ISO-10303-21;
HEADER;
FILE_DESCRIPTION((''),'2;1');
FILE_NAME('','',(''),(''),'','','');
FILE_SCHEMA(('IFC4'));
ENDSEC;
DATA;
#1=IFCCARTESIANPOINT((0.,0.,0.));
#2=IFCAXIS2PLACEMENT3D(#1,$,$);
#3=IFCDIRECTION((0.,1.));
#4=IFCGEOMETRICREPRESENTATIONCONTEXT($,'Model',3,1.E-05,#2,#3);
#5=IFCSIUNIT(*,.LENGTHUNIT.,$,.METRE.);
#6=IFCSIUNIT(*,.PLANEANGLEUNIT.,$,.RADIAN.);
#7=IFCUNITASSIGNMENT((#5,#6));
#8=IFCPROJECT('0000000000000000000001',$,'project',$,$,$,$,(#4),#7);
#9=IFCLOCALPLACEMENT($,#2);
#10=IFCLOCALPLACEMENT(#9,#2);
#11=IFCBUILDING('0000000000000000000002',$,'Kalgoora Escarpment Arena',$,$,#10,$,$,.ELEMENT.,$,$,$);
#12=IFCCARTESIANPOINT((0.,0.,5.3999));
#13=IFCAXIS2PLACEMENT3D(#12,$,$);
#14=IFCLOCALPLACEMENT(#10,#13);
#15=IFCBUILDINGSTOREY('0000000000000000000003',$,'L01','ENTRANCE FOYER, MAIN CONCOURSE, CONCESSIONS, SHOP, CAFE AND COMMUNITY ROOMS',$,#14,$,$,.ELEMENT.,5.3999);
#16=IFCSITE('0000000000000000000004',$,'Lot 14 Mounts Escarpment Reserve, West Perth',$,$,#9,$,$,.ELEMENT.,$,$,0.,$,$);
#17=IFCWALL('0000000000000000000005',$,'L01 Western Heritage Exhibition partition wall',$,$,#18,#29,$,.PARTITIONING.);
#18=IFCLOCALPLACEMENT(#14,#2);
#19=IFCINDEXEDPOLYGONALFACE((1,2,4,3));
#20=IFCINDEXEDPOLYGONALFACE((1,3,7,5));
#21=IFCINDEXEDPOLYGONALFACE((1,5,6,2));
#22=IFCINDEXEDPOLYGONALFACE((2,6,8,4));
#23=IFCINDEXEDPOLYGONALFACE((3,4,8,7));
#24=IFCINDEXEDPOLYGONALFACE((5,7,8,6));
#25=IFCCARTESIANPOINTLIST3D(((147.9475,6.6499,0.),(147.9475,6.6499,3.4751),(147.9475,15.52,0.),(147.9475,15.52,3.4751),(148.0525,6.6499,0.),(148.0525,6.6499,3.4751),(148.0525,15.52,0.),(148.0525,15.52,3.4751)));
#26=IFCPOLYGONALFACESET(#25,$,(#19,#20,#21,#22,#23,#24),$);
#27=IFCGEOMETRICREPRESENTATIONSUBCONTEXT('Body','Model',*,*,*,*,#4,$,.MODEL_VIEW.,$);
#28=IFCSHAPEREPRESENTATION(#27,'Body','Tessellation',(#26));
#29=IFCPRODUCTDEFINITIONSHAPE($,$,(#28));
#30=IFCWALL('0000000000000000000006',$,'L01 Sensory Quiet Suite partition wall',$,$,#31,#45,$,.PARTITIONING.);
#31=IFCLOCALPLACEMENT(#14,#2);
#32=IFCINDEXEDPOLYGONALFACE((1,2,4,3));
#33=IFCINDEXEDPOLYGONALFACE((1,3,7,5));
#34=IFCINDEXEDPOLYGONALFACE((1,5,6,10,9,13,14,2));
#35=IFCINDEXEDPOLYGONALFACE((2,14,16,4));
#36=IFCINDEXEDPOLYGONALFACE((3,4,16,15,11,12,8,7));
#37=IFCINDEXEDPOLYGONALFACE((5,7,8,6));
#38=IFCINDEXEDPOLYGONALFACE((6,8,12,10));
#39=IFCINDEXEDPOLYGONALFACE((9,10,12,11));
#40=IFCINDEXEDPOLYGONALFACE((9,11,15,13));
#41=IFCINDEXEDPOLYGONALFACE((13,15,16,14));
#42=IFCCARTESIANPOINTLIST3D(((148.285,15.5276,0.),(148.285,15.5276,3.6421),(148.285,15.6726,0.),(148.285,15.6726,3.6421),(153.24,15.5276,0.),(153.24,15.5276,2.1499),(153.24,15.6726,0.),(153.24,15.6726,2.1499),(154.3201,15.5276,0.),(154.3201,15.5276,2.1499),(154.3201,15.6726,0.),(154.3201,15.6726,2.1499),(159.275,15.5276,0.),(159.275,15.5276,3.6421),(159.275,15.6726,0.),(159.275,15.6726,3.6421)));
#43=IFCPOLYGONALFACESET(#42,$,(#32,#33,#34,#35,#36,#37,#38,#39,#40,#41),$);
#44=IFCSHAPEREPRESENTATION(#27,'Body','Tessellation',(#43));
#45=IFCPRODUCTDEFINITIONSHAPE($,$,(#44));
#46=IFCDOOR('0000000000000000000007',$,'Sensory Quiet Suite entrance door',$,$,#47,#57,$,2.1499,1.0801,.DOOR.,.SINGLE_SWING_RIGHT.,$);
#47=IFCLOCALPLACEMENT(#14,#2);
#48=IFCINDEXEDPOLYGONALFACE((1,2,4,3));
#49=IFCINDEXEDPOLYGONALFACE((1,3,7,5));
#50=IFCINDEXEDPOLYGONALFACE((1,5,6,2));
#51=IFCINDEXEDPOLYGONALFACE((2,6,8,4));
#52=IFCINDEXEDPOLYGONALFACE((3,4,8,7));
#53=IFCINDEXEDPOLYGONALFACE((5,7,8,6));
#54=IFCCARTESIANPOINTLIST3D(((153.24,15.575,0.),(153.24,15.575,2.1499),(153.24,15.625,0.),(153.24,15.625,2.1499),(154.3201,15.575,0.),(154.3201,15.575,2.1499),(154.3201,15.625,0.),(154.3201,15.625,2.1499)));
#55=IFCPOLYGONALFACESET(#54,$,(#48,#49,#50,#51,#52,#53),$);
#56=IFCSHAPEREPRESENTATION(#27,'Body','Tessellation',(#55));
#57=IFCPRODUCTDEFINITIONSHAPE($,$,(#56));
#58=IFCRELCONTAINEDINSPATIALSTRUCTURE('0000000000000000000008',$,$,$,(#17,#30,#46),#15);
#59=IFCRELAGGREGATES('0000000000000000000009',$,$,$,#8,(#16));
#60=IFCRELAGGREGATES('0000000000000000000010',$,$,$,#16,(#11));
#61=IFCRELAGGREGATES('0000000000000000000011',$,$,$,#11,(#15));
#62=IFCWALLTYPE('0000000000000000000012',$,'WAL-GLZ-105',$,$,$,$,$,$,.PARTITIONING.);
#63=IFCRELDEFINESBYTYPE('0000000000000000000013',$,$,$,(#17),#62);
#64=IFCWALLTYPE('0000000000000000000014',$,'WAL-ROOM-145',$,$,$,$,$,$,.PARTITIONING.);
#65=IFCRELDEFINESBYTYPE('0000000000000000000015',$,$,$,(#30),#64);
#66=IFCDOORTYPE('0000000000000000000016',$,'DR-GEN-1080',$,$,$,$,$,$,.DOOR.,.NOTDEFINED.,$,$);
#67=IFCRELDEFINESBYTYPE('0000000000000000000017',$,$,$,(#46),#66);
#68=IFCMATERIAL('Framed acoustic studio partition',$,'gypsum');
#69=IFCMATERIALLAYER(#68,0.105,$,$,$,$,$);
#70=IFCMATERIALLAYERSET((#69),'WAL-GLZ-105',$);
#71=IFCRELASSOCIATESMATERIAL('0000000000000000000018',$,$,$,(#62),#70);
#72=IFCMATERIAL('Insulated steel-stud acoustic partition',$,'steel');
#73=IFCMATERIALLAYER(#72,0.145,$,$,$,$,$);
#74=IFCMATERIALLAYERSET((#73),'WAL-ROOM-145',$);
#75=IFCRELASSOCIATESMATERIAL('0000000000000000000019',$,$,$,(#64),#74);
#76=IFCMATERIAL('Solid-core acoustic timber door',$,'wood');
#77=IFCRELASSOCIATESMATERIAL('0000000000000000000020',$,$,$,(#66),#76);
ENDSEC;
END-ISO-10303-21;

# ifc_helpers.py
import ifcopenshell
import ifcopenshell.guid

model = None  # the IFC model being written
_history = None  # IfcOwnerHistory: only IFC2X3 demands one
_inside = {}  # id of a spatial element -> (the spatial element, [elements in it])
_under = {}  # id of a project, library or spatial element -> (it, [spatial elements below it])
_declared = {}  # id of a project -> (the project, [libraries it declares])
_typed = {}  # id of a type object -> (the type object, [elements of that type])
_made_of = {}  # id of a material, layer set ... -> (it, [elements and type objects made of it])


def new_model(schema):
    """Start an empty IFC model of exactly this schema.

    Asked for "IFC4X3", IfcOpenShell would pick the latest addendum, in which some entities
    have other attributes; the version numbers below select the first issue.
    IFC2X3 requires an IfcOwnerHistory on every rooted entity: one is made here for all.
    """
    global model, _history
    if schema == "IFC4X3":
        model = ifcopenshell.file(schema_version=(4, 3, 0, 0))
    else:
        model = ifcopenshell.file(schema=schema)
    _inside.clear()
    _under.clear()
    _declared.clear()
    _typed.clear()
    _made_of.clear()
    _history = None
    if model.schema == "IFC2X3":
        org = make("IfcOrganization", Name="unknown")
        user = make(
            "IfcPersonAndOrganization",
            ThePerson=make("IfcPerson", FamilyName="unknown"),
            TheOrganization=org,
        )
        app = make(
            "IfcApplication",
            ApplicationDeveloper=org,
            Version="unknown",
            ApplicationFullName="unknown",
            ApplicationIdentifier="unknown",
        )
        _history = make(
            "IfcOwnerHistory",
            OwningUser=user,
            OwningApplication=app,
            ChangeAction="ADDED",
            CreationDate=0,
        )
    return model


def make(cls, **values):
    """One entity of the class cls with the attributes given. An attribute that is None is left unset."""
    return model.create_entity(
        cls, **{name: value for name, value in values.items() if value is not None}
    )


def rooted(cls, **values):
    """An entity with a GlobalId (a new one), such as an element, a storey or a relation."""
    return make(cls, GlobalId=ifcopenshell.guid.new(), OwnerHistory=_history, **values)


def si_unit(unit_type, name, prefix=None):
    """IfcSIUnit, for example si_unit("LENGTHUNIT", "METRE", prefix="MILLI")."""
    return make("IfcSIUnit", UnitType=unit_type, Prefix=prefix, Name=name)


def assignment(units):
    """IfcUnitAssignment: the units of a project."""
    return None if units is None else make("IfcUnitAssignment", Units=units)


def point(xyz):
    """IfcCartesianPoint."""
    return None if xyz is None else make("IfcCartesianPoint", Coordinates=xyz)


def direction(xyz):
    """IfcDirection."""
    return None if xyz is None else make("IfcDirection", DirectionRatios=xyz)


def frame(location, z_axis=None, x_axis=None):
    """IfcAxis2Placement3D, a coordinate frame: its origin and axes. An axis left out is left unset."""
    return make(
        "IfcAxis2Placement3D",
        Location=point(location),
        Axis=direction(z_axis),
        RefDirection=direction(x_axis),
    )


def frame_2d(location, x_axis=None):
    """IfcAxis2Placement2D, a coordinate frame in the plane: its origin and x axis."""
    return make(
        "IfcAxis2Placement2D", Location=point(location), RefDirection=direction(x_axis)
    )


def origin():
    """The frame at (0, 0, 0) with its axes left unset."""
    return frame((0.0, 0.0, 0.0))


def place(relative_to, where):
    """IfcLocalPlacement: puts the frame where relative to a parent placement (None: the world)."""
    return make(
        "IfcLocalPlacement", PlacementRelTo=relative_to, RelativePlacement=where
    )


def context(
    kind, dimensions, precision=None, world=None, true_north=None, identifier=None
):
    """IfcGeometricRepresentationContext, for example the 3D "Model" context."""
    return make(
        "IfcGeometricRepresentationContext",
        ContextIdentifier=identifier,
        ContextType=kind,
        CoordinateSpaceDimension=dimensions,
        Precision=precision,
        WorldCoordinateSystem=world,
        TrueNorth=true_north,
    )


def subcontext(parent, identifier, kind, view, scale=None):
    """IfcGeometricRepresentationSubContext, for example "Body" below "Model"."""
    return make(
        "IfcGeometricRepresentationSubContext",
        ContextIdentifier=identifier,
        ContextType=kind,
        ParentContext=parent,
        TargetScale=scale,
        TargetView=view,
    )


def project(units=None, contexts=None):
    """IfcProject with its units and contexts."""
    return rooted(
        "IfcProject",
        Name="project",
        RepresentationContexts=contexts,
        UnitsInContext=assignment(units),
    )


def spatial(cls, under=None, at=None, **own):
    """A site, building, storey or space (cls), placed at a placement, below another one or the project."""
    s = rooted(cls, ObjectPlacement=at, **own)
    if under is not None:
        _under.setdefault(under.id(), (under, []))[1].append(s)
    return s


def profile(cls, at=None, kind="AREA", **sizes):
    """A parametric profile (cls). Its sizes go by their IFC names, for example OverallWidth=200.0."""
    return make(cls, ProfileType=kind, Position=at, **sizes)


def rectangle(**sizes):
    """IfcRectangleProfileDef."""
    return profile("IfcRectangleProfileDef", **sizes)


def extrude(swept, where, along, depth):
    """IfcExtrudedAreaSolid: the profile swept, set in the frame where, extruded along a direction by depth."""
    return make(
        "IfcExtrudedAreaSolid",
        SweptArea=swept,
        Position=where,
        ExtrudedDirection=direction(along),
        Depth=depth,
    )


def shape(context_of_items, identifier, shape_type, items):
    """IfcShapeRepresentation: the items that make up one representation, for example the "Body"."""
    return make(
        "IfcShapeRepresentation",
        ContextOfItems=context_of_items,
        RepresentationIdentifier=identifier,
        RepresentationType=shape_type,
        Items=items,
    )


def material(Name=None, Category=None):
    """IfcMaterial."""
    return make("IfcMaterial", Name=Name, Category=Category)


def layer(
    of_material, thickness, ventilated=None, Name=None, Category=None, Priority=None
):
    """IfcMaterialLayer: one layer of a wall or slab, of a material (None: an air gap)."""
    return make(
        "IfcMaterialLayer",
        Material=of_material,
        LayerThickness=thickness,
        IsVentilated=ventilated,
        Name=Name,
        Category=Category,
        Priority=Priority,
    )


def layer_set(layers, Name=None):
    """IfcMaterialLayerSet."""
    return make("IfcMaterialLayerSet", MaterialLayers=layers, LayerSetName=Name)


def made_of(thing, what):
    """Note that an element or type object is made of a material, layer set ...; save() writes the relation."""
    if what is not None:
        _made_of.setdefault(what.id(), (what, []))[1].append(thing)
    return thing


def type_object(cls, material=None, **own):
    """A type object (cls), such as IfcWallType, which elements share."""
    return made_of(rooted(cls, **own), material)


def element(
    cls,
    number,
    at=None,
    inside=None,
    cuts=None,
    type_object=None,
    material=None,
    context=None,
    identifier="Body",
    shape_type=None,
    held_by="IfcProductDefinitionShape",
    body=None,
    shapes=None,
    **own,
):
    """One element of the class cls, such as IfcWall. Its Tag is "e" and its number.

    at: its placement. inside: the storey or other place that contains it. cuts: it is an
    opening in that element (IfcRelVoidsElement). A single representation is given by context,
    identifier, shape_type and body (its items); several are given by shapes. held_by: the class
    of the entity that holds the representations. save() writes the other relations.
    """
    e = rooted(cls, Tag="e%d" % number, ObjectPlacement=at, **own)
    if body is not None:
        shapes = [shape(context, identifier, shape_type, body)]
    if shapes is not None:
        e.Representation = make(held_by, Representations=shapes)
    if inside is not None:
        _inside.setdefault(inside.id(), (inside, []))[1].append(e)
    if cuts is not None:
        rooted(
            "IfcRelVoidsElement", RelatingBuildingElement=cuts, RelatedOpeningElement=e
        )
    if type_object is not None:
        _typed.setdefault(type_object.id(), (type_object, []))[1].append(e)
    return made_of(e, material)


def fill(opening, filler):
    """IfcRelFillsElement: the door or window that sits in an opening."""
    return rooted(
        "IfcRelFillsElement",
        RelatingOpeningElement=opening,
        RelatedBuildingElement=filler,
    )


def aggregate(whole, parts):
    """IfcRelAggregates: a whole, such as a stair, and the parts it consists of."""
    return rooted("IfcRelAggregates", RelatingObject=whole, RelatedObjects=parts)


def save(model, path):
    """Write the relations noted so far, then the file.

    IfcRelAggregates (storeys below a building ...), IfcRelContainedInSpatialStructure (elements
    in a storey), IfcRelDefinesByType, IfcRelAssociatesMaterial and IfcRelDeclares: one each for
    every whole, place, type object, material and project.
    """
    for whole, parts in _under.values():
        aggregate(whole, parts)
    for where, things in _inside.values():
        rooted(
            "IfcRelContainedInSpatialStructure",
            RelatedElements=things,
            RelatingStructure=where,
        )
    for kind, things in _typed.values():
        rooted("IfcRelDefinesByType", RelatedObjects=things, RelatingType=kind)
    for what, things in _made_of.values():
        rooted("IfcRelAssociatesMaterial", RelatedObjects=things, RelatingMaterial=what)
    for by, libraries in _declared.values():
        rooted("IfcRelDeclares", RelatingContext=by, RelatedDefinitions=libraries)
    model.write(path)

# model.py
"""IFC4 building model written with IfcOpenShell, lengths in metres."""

from ifc_helpers import new_model, si_unit, direction, frame, frame_2d, origin, place, context, subcontext, project, spatial, rectangle, extrude, material, layer, layer_set, type_object, element, fill, save


model = new_model("IFC4")

# Units and contexts
model_context = context("Model", 3, precision=1e-05, world=origin(), true_north=direction((0.0, 1.0)))
body_context = subcontext(model_context, "Body", "Model", "MODEL_VIEW")
ifc_project = project(units=[si_unit("LENGTHUNIT", "METRE"), si_unit("PLANEANGLEUNIT", "RADIAN")], contexts=[model_context])

# Site, building, storey
site_placement = place(None, origin())
site = spatial("IfcSite", under=ifc_project, at=site_placement, Name="Lot 14 Mounts Escarpment Reserve, West Perth", CompositionType="ELEMENT", RefElevation=0.0)
building_placement = place(site_placement, origin())
building = spatial("IfcBuilding", under=site, at=building_placement, Name="Kalgoora Escarpment Arena", CompositionType="ELEMENT")
storey_placement = place(building_placement, frame((0.0, 0.0, 5.3999)))
storey = spatial("IfcBuildingStorey", under=building, at=storey_placement, Name="L01", Description="ENTRANCE FOYER, MAIN CONCOURSE, CONCESSIONS, SHOP, CAFE AND COMMUNITY ROOMS", CompositionType="ELEMENT", Elevation=5.3999)

# Wall
ifc_material_1 = material(Name="Framed acoustic studio partition", Category="gypsum")
ifc_layer_1 = layer(ifc_material_1, 0.105)
ifc_layer_set_1 = layer_set([ifc_layer_1], Name="WAL-GLZ-105")
wall_type_1 = type_object("IfcWallType", Name="WAL-GLZ-105", PredefinedType="PARTITIONING", material=ifc_layer_set_1)
wall_1_placement = place(storey_placement, frame((148.0, 15.52, 0.0), z_axis=(0.0, 0.0, 1.0), x_axis=(0.0, -1.0, 0.0)))
element("IfcWall", 1, at=wall_1_placement, inside=storey, type_object=wall_type_1, Name="L01 Western Heritage Exhibition partition wall", PredefinedType="PARTITIONING", context=body_context, shape_type="SweptSolid", body=[
    extrude(rectangle(XDim=8.8701, YDim=0.105, at=frame_2d((4.4351, 0.0))), origin(), (0.0, 0.0, 1.0), 3.4751),
])

# Wall, opening, door
ifc_material_2 = material(Name="Insulated steel-stud acoustic partition", Category="steel")
ifc_layer_2 = layer(ifc_material_2, 0.145)
ifc_layer_set_2 = layer_set([ifc_layer_2], Name="WAL-ROOM-145")
wall_type_2 = type_object("IfcWallType", Name="WAL-ROOM-145", PredefinedType="PARTITIONING", material=ifc_layer_set_2)
wall_2_placement = place(storey_placement, frame((148.2849, 15.6001, 0.0), z_axis=(0.0, 0.0, 1.0), x_axis=(1.0, 0.0, 0.0)))
wall_2 = element("IfcWall", 2, at=wall_2_placement, inside=storey, type_object=wall_type_2, Name="L01 Sensory Quiet Suite partition wall", PredefinedType="PARTITIONING", context=body_context, shape_type="SweptSolid", body=[
    extrude(rectangle(XDim=10.99, YDim=0.145, at=frame_2d((5.4951, 0.0))), origin(), (0.0, 0.0, 1.0), 3.6421),
])
opening_placement = place(wall_2_placement, frame((4.9551, 0.0, 0.0)))
opening = element("IfcOpeningElement", 3, at=opening_placement, cuts=wall_2, PredefinedType="OPENING", context=body_context, shape_type="SweptSolid", body=[
    extrude(rectangle(XDim=1.0801, YDim=2.1499, at=frame_2d((0.54, 1.075))), frame((0.0, 0.0825, 0.0), z_axis=(0.0, -1.0, 0.0), x_axis=(1.0, 0.0, 0.0)), (0.0, 0.0, 1.0), 0.165),
])
ifc_material_3 = material(Name="Solid-core acoustic timber door", Category="wood")
door_type = type_object("IfcDoorType", Name="DR-GEN-1080", OperationType="NOTDEFINED", PredefinedType="DOOR", material=ifc_material_3)
door_placement = place(opening_placement, origin())
door = element("IfcDoor", 4, at=door_placement, inside=storey, type_object=door_type, Name="Sensory Quiet Suite entrance door", OperationType="SINGLE_SWING_RIGHT", OverallHeight=2.1499, OverallWidth=1.0801, PredefinedType="DOOR", context=body_context, shape_type="SweptSolid", body=[
    extrude(rectangle(XDim=1.0801, YDim=2.1499, at=frame_2d((0.54, 1.075))), frame((0.0, 0.0249, 0.0), z_axis=(0.0, -1.0, 0.0), x_axis=(1.0, 0.0, 0.0)), (0.0, 0.0, 1.0), 0.05),
])
fill(opening, door)

save(model, "model.ifc")
